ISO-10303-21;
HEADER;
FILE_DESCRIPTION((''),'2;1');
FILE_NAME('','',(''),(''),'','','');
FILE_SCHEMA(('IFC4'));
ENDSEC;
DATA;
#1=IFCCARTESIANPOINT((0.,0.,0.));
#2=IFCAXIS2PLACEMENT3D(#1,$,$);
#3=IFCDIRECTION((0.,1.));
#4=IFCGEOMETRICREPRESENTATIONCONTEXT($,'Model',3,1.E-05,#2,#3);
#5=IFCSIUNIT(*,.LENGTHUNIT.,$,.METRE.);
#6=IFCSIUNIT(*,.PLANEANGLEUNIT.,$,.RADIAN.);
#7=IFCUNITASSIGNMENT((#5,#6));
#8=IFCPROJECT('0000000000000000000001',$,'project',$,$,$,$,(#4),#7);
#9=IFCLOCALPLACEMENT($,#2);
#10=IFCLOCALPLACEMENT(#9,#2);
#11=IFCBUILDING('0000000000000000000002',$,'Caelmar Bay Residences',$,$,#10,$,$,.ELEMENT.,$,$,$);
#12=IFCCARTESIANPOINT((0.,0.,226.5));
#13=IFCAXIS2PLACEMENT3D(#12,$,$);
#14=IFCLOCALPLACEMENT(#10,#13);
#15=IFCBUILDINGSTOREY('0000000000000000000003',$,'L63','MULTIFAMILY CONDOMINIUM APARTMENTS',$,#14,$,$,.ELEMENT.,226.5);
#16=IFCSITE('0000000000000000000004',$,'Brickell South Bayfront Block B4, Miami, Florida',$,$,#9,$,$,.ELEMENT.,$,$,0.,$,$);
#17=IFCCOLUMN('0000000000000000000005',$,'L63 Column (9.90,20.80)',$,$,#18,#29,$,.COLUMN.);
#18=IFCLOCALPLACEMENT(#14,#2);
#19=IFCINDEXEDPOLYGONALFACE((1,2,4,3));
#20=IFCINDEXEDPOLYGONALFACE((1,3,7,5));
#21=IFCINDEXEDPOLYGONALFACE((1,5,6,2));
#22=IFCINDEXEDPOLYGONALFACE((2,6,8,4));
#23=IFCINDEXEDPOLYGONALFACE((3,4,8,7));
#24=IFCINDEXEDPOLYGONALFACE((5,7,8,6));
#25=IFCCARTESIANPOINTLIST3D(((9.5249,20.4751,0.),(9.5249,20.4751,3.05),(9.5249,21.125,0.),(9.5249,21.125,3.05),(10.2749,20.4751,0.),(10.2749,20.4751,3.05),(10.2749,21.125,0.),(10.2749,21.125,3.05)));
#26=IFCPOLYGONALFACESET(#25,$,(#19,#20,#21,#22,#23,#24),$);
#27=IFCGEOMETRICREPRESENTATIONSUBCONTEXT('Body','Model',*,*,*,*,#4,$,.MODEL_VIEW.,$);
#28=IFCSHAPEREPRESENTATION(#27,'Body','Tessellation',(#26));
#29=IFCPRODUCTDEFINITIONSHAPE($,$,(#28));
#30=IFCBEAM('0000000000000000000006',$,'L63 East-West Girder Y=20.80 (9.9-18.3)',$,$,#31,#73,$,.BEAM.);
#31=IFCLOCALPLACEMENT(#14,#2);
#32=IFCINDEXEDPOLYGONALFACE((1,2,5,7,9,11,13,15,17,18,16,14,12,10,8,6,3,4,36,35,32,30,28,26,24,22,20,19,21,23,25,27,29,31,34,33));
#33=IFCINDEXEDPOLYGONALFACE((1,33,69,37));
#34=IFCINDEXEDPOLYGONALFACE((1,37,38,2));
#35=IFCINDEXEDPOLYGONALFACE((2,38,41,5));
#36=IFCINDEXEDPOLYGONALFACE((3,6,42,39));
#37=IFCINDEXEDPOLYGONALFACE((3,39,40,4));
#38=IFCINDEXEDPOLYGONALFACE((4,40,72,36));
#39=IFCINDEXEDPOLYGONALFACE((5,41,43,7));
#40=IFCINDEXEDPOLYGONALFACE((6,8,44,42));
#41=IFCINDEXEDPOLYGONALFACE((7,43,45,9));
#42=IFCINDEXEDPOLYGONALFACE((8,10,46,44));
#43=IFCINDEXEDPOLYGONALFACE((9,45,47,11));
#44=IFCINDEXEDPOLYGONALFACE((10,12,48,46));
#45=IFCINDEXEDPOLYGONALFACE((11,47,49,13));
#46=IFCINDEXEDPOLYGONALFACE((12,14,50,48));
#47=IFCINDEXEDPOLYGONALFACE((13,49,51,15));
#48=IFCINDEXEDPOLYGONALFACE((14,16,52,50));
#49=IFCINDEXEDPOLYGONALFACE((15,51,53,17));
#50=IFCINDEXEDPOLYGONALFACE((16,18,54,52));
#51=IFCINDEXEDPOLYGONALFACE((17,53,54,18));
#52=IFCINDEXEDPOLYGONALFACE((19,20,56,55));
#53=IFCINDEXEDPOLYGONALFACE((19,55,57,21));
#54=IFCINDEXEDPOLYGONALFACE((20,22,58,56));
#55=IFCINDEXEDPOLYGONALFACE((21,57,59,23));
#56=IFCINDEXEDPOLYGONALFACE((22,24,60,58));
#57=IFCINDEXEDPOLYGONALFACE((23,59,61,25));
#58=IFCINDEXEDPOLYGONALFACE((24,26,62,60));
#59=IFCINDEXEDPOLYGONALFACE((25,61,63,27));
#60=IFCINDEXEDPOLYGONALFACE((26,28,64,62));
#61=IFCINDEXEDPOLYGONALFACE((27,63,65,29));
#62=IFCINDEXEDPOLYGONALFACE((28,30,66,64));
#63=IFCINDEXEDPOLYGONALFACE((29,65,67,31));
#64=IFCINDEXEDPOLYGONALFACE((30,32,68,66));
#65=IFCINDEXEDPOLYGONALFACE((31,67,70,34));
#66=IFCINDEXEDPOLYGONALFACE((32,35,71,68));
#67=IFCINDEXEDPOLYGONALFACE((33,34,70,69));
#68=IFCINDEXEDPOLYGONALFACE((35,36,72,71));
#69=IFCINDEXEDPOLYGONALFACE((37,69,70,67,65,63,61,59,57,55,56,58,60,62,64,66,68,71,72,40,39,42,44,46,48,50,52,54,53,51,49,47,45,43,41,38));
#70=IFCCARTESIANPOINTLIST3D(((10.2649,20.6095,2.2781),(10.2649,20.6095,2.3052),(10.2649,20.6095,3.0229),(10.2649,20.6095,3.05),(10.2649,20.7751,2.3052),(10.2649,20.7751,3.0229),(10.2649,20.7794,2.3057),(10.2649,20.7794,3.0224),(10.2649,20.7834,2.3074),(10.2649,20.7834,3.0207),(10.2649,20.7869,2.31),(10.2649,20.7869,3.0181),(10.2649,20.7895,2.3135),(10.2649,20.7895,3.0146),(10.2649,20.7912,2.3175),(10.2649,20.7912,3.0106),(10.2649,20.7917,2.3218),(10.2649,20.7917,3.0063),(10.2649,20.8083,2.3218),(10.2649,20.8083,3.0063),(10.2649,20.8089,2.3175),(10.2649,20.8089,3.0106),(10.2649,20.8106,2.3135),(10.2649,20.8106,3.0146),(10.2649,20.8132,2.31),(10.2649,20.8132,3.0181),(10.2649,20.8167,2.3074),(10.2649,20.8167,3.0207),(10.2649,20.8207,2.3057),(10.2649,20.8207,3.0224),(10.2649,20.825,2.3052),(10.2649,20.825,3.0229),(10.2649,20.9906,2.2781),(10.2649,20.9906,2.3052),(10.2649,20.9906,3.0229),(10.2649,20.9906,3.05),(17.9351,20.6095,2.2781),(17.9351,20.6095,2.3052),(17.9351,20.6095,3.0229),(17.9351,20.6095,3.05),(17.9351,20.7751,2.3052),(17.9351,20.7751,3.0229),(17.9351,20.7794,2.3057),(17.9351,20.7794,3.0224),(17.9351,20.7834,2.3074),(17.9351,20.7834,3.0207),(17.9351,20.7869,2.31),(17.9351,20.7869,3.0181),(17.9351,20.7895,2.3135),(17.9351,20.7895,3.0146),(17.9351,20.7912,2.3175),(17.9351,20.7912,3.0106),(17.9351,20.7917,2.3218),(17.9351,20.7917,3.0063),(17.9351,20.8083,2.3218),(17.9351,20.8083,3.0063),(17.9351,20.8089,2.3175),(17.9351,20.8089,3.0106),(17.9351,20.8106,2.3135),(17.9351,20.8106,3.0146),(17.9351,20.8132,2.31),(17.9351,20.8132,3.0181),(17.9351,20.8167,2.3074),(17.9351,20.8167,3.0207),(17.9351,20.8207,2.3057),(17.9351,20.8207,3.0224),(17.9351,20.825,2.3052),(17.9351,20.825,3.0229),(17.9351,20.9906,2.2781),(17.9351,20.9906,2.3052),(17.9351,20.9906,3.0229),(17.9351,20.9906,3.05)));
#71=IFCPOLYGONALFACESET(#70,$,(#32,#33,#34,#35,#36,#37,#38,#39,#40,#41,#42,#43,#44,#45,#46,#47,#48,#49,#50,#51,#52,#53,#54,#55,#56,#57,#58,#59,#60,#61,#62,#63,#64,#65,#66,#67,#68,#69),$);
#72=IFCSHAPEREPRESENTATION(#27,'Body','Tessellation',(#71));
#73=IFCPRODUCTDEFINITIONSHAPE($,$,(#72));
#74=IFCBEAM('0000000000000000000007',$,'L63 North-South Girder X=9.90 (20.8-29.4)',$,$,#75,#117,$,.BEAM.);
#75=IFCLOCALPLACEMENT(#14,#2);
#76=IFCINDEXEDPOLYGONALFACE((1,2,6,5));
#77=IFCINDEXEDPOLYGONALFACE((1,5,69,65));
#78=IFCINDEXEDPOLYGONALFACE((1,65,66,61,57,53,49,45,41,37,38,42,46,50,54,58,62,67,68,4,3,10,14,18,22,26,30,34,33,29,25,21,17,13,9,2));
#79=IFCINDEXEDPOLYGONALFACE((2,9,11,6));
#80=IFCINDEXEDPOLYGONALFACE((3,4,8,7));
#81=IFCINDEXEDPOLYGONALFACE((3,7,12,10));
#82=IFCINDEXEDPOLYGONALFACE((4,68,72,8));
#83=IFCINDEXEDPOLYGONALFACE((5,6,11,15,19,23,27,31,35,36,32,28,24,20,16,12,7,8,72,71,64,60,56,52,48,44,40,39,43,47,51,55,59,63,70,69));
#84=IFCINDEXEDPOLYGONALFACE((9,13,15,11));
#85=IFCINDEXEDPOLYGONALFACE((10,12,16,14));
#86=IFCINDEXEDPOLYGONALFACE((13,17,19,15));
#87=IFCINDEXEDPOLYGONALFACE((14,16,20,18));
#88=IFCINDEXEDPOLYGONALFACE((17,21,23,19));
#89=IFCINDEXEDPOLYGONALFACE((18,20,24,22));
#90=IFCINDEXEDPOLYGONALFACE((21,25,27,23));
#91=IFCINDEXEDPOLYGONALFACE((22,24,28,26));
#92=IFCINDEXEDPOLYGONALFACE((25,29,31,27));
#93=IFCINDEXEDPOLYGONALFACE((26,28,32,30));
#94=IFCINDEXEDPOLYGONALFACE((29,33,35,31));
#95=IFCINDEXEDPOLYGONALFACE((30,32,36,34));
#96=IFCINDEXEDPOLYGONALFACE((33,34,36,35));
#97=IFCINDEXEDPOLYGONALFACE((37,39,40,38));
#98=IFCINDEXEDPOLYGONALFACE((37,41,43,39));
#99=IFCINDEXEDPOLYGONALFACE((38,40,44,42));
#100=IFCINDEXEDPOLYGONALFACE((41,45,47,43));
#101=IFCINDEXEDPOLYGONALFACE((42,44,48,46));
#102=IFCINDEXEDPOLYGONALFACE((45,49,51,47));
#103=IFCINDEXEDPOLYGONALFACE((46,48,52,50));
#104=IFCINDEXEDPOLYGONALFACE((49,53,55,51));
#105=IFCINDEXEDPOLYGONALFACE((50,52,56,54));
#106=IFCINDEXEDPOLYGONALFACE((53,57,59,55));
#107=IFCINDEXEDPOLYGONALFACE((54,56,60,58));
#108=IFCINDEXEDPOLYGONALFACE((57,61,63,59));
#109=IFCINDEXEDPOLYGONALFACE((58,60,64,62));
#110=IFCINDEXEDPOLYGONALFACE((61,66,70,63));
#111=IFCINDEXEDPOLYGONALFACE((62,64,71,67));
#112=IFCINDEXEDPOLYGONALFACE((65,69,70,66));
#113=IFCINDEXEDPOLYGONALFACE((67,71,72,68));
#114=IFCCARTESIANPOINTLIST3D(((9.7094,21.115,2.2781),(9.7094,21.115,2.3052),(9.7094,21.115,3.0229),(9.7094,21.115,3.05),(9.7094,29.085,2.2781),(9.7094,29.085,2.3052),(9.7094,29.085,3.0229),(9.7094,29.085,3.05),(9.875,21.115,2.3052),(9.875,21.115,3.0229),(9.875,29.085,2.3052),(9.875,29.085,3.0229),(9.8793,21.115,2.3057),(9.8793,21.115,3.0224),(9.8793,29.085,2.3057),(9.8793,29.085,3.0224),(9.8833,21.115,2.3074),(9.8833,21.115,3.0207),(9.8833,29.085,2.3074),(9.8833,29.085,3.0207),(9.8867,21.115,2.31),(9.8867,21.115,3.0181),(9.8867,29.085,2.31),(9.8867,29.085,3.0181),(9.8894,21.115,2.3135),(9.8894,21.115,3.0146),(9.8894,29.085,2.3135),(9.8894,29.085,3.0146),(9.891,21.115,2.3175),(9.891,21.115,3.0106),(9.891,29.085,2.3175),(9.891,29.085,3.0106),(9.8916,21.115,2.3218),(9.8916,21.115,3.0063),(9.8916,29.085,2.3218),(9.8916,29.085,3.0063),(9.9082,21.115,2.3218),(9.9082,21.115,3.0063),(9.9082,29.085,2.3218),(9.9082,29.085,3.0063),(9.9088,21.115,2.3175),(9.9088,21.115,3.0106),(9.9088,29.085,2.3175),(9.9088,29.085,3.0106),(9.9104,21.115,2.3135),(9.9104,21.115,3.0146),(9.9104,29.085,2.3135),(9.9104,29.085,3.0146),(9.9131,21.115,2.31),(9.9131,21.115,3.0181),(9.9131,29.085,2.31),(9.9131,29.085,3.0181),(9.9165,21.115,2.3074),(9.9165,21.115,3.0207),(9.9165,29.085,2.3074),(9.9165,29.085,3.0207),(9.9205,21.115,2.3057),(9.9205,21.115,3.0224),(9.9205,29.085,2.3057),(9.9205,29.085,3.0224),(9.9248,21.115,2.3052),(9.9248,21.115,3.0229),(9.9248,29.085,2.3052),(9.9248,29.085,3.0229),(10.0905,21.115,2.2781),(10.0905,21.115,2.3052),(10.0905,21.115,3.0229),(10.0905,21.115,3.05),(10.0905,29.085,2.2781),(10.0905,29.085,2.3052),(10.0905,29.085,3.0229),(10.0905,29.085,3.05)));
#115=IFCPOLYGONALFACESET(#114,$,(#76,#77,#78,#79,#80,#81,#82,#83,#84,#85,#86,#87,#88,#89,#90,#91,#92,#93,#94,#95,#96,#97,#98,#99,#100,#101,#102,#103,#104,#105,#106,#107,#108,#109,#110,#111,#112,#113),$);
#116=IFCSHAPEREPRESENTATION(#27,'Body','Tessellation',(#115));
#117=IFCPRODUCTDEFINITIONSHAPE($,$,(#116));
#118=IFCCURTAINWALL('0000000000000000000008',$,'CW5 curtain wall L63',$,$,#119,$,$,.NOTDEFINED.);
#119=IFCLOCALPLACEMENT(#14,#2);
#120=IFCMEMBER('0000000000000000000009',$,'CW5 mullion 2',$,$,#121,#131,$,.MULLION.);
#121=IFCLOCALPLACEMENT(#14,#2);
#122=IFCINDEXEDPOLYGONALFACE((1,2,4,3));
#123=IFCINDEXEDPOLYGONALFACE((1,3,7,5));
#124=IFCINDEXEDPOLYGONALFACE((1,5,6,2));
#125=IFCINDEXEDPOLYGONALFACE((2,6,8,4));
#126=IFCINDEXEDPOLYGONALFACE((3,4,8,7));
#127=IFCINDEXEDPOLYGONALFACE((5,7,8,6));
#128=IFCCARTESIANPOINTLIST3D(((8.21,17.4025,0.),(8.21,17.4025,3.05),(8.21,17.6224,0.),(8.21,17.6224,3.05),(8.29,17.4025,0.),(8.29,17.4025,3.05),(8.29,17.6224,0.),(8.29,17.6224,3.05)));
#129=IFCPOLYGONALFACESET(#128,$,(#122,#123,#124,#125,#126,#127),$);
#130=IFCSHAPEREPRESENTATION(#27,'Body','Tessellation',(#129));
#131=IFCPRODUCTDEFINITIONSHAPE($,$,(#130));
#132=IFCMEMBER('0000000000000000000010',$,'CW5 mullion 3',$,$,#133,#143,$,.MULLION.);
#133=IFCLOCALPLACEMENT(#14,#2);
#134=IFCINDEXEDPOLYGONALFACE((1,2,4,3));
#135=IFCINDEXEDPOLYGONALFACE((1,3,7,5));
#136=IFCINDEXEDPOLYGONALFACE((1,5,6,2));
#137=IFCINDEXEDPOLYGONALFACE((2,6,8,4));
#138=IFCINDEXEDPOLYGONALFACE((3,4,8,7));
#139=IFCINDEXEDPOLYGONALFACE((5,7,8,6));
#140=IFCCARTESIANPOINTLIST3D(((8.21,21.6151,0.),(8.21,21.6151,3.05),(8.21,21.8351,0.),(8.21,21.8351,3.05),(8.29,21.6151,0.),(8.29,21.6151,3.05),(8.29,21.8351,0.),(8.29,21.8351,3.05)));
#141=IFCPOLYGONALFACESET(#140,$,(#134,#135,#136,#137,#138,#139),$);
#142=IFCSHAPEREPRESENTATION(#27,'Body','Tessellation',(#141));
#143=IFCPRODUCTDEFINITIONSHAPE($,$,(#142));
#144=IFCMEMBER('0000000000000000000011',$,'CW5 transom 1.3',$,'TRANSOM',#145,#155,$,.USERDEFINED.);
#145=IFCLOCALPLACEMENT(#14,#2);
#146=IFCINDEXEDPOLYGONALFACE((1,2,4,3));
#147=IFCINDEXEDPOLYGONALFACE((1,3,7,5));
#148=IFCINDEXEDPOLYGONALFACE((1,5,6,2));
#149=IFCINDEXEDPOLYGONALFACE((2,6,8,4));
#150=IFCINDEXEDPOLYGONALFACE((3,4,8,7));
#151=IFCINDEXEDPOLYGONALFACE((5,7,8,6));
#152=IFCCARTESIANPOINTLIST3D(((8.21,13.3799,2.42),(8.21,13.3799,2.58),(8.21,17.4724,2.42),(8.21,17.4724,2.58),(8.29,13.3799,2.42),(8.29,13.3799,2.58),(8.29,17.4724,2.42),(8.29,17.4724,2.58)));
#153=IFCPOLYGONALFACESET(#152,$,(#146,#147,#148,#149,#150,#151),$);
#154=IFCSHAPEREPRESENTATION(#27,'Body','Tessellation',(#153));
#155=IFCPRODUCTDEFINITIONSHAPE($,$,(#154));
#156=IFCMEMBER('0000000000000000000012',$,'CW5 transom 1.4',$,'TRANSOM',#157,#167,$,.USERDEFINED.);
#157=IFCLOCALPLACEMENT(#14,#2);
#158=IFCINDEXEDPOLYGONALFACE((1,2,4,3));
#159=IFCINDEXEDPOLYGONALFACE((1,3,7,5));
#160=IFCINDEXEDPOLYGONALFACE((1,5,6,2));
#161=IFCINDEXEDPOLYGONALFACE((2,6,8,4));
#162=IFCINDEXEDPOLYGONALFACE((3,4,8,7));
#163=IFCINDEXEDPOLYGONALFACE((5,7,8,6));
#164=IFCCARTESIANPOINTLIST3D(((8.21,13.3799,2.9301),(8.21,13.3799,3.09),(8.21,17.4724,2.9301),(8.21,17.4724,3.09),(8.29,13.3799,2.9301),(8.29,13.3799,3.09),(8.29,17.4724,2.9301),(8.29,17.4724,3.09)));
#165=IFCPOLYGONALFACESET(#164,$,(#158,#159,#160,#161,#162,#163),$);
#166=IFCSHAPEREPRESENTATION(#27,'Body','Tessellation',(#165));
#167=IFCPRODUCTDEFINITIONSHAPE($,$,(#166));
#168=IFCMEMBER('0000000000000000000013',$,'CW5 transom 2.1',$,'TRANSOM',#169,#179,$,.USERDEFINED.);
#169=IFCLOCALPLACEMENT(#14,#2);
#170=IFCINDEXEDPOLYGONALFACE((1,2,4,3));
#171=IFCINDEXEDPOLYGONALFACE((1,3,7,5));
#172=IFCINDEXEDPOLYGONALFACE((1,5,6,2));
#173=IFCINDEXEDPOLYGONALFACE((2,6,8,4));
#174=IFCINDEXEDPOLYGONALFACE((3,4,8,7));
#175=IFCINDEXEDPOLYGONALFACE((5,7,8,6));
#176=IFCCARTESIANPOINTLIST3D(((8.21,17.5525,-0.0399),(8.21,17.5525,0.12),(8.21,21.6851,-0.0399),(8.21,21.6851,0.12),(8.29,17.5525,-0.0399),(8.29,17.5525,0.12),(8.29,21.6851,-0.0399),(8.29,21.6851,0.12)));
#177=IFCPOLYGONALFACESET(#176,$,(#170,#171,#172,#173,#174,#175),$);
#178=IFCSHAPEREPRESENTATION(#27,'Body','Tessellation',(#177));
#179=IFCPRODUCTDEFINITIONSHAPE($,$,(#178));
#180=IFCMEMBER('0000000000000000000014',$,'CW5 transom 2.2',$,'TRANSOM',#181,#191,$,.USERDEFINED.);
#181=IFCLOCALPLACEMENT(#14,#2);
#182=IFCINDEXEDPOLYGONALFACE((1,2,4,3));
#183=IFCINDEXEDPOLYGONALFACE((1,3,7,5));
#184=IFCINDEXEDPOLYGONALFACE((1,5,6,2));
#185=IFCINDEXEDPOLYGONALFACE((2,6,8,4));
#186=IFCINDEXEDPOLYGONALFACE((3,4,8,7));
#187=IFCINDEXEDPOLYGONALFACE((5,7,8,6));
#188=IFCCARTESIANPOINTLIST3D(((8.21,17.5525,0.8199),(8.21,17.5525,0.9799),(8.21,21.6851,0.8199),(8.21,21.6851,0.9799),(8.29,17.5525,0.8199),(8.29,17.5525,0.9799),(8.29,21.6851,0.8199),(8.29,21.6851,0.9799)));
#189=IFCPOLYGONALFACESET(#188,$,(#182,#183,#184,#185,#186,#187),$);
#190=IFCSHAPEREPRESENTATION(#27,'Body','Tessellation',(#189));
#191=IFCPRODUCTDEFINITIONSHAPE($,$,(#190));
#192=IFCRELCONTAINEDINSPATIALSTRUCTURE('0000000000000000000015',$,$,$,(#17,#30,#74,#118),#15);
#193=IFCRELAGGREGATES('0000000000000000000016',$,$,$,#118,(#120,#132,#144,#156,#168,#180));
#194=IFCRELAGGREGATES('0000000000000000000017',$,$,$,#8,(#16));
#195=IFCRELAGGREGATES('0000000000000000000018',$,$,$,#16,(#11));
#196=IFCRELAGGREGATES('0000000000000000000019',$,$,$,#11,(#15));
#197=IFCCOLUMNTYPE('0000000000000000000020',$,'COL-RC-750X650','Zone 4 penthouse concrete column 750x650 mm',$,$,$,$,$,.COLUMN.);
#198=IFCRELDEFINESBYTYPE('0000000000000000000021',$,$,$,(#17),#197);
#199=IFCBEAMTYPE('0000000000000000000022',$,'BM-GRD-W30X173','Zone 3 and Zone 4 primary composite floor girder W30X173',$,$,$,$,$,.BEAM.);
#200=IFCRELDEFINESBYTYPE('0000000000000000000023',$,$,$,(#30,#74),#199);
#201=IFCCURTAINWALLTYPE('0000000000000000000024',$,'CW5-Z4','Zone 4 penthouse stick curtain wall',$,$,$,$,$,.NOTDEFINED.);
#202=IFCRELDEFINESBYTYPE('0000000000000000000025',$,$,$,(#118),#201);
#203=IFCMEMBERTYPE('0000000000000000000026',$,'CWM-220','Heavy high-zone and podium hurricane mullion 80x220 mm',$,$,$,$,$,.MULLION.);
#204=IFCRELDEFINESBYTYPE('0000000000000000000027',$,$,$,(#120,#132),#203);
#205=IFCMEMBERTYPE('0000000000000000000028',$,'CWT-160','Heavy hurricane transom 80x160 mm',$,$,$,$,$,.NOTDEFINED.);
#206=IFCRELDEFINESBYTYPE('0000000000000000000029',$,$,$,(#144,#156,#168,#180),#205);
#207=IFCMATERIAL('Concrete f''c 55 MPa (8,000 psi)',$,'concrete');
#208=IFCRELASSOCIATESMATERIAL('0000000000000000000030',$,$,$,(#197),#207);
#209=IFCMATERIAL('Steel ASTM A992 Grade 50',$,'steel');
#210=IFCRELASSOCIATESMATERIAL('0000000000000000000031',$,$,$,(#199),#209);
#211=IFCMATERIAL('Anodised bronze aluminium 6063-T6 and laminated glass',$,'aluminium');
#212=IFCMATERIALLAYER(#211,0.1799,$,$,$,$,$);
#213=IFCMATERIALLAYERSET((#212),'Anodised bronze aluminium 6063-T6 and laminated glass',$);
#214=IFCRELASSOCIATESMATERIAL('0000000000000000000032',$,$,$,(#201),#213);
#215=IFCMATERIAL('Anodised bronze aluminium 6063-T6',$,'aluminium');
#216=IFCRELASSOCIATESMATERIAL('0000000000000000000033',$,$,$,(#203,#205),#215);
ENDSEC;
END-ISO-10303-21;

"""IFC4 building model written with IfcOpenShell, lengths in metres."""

from ifc_helpers import new_model, si_unit, direction, frame, origin, origin_2d, place, context, subcontext, project, spatial, rectangle, i_section, extrude, material, layer, layer_set, material_profile, profile_set, type_object, element, aggregate, save


model = new_model("IFC4")

# Units and contexts
model_context = context("Model", 3, precision=1e-05, world=origin(), true_north=direction((0.0, 1.0)))
body_context = subcontext(model_context, "Body", "Model", "MODEL_VIEW")
ifc_project = project(units=[si_unit("LENGTHUNIT", "METRE"), si_unit("PLANEANGLEUNIT", "RADIAN")], contexts=[model_context])

# Site, building, storey
site_placement = place(None, origin())
site = spatial("IfcSite", under=ifc_project, at=site_placement, Name="Brickell South Bayfront Block B4, Miami, Florida", CompositionType="ELEMENT", RefElevation=0.0)
building_placement = place(site_placement, origin())
building = spatial("IfcBuilding", under=site, at=building_placement, Name="Caelmar Bay Residences", CompositionType="ELEMENT")
storey_placement = place(building_placement, frame((0.0, 0.0, 226.5)))
storey = spatial("IfcBuildingStorey", under=building, at=storey_placement, Name="L63", Description="MULTIFAMILY CONDOMINIUM APARTMENTS", CompositionType="ELEMENT", Elevation=226.5)

# Column
ifc_material_1 = material(Name="Concrete f'c 55 MPa (8,000 psi)", Category="concrete")
ifc_material_profile_1 = material_profile(ifc_material_1, rectangle(XDim=0.75, YDim=0.6499, at=origin_2d()), Name="RC-COL-750X650")
ifc_profile_set_1 = profile_set([ifc_material_profile_1], Name="Concrete f'c 55 MPa (8,000 psi)")
column_type = type_object("IfcColumnType", Name="COL-RC-750X650", Description="Zone 4 penthouse concrete column 750x650 mm", PredefinedType="COLUMN", material=ifc_profile_set_1)
column_placement = place(storey_placement, frame((9.8999, 20.8, 0.0), z_axis=(0.0, 0.0, 1.0), x_axis=(1.0, 0.0, 0.0)))
element("IfcColumn", 1, at=column_placement, inside=storey, type_object=column_type, Name="L63 Column (9.90,20.80)", PredefinedType="COLUMN", context=body_context, shape_type="SweptSolid", body=[
    extrude(rectangle(XDim=0.75, YDim=0.6499, at=origin_2d()), origin(), (0.0, 0.0, 1.0), 3.05),
])

# Beams
ifc_material_2 = material(Name="Steel ASTM A992 Grade 50", Category="steel")
ifc_material_profile_2 = material_profile(ifc_material_2, i_section(OverallWidth=0.3811, OverallDepth=0.772, WebThickness=0.0166, FlangeThickness=0.0271, FilletRadius=0.0166, at=origin_2d()), Name="W30X173")
ifc_profile_set_2 = profile_set([ifc_material_profile_2], Name="Steel ASTM A992 Grade 50")
beam_type = type_object("IfcBeamType", Name="BM-GRD-W30X173", Description="Zone 3 and Zone 4 primary composite floor girder W30X173", PredefinedType="BEAM", material=ifc_profile_set_2)
beam_1_placement = place(storey_placement, frame((10.2649, 20.8, 2.6641), z_axis=(1.0, 0.0, 0.0), x_axis=(0.0, 1.0, 0.0)))
element("IfcBeam", 2, at=beam_1_placement, inside=storey, type_object=beam_type, Name="L63 East-West Girder Y=20.80 (9.9-18.3)", PredefinedType="BEAM", context=body_context, shape_type="SweptSolid", body=[
    extrude(i_section(OverallWidth=0.3811, OverallDepth=0.772, WebThickness=0.0166, FlangeThickness=0.0271, FilletRadius=0.0166, at=origin_2d()), origin(), (0.0, 0.0, 1.0), 7.6702),
])
beam_2_placement = place(storey_placement, frame((9.8999, 21.115, 2.6641), z_axis=(0.0, 1.0, 0.0), x_axis=(-1.0, 0.0, 0.0)))
element("IfcBeam", 3, at=beam_2_placement, inside=storey, type_object=beam_type, Name="L63 North-South Girder X=9.90 (20.8-29.4)", PredefinedType="BEAM", context=body_context, shape_type="SweptSolid", body=[
    extrude(i_section(OverallWidth=0.3811, OverallDepth=0.772, WebThickness=0.0166, FlangeThickness=0.0271, FilletRadius=0.0166, at=origin_2d()), origin(), (0.0, 0.0, 1.0), 7.97),
])

# Curtain wall, members
ifc_material_3 = material(Name="Anodised bronze aluminium 6063-T6 and laminated glass", Category="aluminium")
ifc_layer_1 = layer(ifc_material_3, 0.1799)
ifc_layer_set_1 = layer_set([ifc_layer_1], Name="Anodised bronze aluminium 6063-T6 and laminated glass")
curtain_wall_type = type_object("IfcCurtainWallType", Name="CW5-Z4", Description="Zone 4 penthouse stick curtain wall", PredefinedType="NOTDEFINED", material=ifc_layer_set_1)
curtain_wall_placement = place(storey_placement, origin())
curtain_wall = element("IfcCurtainWall", 4, at=curtain_wall_placement, inside=storey, type_object=curtain_wall_type, Name="CW5 curtain wall L63", PredefinedType="NOTDEFINED")
ifc_material_4 = material(Name="Anodised bronze aluminium 6063-T6", Category="aluminium")
ifc_material_profile_3 = material_profile(ifc_material_4, rectangle(XDim=0.0801, YDim=0.22, at=origin_2d()), Name="CWM-80X220")
ifc_profile_set_3 = profile_set([ifc_material_profile_3], Name="Anodised bronze aluminium 6063-T6")
member_type_1 = type_object("IfcMemberType", Name="CWM-220", Description="Heavy high-zone and podium hurricane mullion 80x220 mm", PredefinedType="MULLION", material=ifc_profile_set_3)
member_1_placement = place(storey_placement, frame((8.25, 17.5125, 0.0), z_axis=(0.0, 0.0, 1.0), x_axis=(-1.0, 0.0, 0.0)))
member_1 = element("IfcMember", 5, at=member_1_placement, type_object=member_type_1, Name="CW5 mullion 2", PredefinedType="MULLION", context=body_context, shape_type="SweptSolid", body=[
    extrude(rectangle(XDim=0.0801, YDim=0.22, at=origin_2d()), origin(), (0.0, 0.0, 1.0), 3.05),
])
member_2_placement = place(storey_placement, frame((8.25, 21.7251, 0.0), z_axis=(0.0, 0.0, 1.0), x_axis=(-1.0, 0.0, 0.0)))
member_2 = element("IfcMember", 6, at=member_2_placement, type_object=member_type_1, Name="CW5 mullion 3", PredefinedType="MULLION", context=body_context, shape_type="SweptSolid", body=[
    extrude(rectangle(XDim=0.0801, YDim=0.22, at=origin_2d()), origin(), (0.0, 0.0, 1.0), 3.05),
])
ifc_material_profile_4 = material_profile(ifc_material_4, rectangle(XDim=0.0801, YDim=0.1599, at=origin_2d()), Name="CWT-80X160")
ifc_profile_set_4 = profile_set([ifc_material_profile_4], Name="Anodised bronze aluminium 6063-T6")
member_type_2 = type_object("IfcMemberType", Name="CWT-160", Description="Heavy hurricane transom 80x160 mm", PredefinedType="NOTDEFINED", material=ifc_profile_set_4)
member_3_placement = place(storey_placement, frame((8.25, 13.3799, 2.5), z_axis=(0.0, 1.0, 0.0), x_axis=(-1.0, 0.0, 0.0)))
member_3 = element("IfcMember", 7, at=member_3_placement, type_object=member_type_2, Name="CW5 transom 1.3", ObjectType="TRANSOM", PredefinedType="USERDEFINED", context=body_context, shape_type="SweptSolid", body=[
    extrude(rectangle(XDim=0.0801, YDim=0.1599, at=origin_2d()), origin(), (0.0, 0.0, 1.0), 4.0925),
])
member_4_placement = place(storey_placement, frame((8.25, 13.3799, 3.01), z_axis=(0.0, 1.0, 0.0), x_axis=(-1.0, 0.0, 0.0)))
member_4 = element("IfcMember", 8, at=member_4_placement, type_object=member_type_2, Name="CW5 transom 1.4", ObjectType="TRANSOM", PredefinedType="USERDEFINED", context=body_context, shape_type="SweptSolid", body=[
    extrude(rectangle(XDim=0.0801, YDim=0.1599, at=origin_2d()), origin(), (0.0, 0.0, 1.0), 4.0925),
])
member_5_placement = place(storey_placement, frame((8.25, 17.5525, 0.04), z_axis=(0.0, 1.0, 0.0), x_axis=(-1.0, 0.0, 0.0)))
member_5 = element("IfcMember", 9, at=member_5_placement, type_object=member_type_2, Name="CW5 transom 2.1", ObjectType="TRANSOM", PredefinedType="USERDEFINED", context=body_context, shape_type="SweptSolid", body=[
    extrude(rectangle(XDim=0.0801, YDim=0.1599, at=origin_2d()), origin(), (0.0, 0.0, 1.0), 4.1326),
])
member_6_placement = place(storey_placement, frame((8.25, 17.5525, 0.8999), z_axis=(0.0, 1.0, 0.0), x_axis=(-1.0, 0.0, 0.0)))
member_6 = element("IfcMember", 10, at=member_6_placement, type_object=member_type_2, Name="CW5 transom 2.2", ObjectType="TRANSOM", PredefinedType="USERDEFINED", context=body_context, shape_type="SweptSolid", body=[
    extrude(rectangle(XDim=0.0801, YDim=0.1599, at=origin_2d()), origin(), (0.0, 0.0, 1.0), 4.1326),
])
aggregate(curtain_wall, [member_1, member_2, member_3, member_4, member_5, member_6])

save(model, "model.ifc")
